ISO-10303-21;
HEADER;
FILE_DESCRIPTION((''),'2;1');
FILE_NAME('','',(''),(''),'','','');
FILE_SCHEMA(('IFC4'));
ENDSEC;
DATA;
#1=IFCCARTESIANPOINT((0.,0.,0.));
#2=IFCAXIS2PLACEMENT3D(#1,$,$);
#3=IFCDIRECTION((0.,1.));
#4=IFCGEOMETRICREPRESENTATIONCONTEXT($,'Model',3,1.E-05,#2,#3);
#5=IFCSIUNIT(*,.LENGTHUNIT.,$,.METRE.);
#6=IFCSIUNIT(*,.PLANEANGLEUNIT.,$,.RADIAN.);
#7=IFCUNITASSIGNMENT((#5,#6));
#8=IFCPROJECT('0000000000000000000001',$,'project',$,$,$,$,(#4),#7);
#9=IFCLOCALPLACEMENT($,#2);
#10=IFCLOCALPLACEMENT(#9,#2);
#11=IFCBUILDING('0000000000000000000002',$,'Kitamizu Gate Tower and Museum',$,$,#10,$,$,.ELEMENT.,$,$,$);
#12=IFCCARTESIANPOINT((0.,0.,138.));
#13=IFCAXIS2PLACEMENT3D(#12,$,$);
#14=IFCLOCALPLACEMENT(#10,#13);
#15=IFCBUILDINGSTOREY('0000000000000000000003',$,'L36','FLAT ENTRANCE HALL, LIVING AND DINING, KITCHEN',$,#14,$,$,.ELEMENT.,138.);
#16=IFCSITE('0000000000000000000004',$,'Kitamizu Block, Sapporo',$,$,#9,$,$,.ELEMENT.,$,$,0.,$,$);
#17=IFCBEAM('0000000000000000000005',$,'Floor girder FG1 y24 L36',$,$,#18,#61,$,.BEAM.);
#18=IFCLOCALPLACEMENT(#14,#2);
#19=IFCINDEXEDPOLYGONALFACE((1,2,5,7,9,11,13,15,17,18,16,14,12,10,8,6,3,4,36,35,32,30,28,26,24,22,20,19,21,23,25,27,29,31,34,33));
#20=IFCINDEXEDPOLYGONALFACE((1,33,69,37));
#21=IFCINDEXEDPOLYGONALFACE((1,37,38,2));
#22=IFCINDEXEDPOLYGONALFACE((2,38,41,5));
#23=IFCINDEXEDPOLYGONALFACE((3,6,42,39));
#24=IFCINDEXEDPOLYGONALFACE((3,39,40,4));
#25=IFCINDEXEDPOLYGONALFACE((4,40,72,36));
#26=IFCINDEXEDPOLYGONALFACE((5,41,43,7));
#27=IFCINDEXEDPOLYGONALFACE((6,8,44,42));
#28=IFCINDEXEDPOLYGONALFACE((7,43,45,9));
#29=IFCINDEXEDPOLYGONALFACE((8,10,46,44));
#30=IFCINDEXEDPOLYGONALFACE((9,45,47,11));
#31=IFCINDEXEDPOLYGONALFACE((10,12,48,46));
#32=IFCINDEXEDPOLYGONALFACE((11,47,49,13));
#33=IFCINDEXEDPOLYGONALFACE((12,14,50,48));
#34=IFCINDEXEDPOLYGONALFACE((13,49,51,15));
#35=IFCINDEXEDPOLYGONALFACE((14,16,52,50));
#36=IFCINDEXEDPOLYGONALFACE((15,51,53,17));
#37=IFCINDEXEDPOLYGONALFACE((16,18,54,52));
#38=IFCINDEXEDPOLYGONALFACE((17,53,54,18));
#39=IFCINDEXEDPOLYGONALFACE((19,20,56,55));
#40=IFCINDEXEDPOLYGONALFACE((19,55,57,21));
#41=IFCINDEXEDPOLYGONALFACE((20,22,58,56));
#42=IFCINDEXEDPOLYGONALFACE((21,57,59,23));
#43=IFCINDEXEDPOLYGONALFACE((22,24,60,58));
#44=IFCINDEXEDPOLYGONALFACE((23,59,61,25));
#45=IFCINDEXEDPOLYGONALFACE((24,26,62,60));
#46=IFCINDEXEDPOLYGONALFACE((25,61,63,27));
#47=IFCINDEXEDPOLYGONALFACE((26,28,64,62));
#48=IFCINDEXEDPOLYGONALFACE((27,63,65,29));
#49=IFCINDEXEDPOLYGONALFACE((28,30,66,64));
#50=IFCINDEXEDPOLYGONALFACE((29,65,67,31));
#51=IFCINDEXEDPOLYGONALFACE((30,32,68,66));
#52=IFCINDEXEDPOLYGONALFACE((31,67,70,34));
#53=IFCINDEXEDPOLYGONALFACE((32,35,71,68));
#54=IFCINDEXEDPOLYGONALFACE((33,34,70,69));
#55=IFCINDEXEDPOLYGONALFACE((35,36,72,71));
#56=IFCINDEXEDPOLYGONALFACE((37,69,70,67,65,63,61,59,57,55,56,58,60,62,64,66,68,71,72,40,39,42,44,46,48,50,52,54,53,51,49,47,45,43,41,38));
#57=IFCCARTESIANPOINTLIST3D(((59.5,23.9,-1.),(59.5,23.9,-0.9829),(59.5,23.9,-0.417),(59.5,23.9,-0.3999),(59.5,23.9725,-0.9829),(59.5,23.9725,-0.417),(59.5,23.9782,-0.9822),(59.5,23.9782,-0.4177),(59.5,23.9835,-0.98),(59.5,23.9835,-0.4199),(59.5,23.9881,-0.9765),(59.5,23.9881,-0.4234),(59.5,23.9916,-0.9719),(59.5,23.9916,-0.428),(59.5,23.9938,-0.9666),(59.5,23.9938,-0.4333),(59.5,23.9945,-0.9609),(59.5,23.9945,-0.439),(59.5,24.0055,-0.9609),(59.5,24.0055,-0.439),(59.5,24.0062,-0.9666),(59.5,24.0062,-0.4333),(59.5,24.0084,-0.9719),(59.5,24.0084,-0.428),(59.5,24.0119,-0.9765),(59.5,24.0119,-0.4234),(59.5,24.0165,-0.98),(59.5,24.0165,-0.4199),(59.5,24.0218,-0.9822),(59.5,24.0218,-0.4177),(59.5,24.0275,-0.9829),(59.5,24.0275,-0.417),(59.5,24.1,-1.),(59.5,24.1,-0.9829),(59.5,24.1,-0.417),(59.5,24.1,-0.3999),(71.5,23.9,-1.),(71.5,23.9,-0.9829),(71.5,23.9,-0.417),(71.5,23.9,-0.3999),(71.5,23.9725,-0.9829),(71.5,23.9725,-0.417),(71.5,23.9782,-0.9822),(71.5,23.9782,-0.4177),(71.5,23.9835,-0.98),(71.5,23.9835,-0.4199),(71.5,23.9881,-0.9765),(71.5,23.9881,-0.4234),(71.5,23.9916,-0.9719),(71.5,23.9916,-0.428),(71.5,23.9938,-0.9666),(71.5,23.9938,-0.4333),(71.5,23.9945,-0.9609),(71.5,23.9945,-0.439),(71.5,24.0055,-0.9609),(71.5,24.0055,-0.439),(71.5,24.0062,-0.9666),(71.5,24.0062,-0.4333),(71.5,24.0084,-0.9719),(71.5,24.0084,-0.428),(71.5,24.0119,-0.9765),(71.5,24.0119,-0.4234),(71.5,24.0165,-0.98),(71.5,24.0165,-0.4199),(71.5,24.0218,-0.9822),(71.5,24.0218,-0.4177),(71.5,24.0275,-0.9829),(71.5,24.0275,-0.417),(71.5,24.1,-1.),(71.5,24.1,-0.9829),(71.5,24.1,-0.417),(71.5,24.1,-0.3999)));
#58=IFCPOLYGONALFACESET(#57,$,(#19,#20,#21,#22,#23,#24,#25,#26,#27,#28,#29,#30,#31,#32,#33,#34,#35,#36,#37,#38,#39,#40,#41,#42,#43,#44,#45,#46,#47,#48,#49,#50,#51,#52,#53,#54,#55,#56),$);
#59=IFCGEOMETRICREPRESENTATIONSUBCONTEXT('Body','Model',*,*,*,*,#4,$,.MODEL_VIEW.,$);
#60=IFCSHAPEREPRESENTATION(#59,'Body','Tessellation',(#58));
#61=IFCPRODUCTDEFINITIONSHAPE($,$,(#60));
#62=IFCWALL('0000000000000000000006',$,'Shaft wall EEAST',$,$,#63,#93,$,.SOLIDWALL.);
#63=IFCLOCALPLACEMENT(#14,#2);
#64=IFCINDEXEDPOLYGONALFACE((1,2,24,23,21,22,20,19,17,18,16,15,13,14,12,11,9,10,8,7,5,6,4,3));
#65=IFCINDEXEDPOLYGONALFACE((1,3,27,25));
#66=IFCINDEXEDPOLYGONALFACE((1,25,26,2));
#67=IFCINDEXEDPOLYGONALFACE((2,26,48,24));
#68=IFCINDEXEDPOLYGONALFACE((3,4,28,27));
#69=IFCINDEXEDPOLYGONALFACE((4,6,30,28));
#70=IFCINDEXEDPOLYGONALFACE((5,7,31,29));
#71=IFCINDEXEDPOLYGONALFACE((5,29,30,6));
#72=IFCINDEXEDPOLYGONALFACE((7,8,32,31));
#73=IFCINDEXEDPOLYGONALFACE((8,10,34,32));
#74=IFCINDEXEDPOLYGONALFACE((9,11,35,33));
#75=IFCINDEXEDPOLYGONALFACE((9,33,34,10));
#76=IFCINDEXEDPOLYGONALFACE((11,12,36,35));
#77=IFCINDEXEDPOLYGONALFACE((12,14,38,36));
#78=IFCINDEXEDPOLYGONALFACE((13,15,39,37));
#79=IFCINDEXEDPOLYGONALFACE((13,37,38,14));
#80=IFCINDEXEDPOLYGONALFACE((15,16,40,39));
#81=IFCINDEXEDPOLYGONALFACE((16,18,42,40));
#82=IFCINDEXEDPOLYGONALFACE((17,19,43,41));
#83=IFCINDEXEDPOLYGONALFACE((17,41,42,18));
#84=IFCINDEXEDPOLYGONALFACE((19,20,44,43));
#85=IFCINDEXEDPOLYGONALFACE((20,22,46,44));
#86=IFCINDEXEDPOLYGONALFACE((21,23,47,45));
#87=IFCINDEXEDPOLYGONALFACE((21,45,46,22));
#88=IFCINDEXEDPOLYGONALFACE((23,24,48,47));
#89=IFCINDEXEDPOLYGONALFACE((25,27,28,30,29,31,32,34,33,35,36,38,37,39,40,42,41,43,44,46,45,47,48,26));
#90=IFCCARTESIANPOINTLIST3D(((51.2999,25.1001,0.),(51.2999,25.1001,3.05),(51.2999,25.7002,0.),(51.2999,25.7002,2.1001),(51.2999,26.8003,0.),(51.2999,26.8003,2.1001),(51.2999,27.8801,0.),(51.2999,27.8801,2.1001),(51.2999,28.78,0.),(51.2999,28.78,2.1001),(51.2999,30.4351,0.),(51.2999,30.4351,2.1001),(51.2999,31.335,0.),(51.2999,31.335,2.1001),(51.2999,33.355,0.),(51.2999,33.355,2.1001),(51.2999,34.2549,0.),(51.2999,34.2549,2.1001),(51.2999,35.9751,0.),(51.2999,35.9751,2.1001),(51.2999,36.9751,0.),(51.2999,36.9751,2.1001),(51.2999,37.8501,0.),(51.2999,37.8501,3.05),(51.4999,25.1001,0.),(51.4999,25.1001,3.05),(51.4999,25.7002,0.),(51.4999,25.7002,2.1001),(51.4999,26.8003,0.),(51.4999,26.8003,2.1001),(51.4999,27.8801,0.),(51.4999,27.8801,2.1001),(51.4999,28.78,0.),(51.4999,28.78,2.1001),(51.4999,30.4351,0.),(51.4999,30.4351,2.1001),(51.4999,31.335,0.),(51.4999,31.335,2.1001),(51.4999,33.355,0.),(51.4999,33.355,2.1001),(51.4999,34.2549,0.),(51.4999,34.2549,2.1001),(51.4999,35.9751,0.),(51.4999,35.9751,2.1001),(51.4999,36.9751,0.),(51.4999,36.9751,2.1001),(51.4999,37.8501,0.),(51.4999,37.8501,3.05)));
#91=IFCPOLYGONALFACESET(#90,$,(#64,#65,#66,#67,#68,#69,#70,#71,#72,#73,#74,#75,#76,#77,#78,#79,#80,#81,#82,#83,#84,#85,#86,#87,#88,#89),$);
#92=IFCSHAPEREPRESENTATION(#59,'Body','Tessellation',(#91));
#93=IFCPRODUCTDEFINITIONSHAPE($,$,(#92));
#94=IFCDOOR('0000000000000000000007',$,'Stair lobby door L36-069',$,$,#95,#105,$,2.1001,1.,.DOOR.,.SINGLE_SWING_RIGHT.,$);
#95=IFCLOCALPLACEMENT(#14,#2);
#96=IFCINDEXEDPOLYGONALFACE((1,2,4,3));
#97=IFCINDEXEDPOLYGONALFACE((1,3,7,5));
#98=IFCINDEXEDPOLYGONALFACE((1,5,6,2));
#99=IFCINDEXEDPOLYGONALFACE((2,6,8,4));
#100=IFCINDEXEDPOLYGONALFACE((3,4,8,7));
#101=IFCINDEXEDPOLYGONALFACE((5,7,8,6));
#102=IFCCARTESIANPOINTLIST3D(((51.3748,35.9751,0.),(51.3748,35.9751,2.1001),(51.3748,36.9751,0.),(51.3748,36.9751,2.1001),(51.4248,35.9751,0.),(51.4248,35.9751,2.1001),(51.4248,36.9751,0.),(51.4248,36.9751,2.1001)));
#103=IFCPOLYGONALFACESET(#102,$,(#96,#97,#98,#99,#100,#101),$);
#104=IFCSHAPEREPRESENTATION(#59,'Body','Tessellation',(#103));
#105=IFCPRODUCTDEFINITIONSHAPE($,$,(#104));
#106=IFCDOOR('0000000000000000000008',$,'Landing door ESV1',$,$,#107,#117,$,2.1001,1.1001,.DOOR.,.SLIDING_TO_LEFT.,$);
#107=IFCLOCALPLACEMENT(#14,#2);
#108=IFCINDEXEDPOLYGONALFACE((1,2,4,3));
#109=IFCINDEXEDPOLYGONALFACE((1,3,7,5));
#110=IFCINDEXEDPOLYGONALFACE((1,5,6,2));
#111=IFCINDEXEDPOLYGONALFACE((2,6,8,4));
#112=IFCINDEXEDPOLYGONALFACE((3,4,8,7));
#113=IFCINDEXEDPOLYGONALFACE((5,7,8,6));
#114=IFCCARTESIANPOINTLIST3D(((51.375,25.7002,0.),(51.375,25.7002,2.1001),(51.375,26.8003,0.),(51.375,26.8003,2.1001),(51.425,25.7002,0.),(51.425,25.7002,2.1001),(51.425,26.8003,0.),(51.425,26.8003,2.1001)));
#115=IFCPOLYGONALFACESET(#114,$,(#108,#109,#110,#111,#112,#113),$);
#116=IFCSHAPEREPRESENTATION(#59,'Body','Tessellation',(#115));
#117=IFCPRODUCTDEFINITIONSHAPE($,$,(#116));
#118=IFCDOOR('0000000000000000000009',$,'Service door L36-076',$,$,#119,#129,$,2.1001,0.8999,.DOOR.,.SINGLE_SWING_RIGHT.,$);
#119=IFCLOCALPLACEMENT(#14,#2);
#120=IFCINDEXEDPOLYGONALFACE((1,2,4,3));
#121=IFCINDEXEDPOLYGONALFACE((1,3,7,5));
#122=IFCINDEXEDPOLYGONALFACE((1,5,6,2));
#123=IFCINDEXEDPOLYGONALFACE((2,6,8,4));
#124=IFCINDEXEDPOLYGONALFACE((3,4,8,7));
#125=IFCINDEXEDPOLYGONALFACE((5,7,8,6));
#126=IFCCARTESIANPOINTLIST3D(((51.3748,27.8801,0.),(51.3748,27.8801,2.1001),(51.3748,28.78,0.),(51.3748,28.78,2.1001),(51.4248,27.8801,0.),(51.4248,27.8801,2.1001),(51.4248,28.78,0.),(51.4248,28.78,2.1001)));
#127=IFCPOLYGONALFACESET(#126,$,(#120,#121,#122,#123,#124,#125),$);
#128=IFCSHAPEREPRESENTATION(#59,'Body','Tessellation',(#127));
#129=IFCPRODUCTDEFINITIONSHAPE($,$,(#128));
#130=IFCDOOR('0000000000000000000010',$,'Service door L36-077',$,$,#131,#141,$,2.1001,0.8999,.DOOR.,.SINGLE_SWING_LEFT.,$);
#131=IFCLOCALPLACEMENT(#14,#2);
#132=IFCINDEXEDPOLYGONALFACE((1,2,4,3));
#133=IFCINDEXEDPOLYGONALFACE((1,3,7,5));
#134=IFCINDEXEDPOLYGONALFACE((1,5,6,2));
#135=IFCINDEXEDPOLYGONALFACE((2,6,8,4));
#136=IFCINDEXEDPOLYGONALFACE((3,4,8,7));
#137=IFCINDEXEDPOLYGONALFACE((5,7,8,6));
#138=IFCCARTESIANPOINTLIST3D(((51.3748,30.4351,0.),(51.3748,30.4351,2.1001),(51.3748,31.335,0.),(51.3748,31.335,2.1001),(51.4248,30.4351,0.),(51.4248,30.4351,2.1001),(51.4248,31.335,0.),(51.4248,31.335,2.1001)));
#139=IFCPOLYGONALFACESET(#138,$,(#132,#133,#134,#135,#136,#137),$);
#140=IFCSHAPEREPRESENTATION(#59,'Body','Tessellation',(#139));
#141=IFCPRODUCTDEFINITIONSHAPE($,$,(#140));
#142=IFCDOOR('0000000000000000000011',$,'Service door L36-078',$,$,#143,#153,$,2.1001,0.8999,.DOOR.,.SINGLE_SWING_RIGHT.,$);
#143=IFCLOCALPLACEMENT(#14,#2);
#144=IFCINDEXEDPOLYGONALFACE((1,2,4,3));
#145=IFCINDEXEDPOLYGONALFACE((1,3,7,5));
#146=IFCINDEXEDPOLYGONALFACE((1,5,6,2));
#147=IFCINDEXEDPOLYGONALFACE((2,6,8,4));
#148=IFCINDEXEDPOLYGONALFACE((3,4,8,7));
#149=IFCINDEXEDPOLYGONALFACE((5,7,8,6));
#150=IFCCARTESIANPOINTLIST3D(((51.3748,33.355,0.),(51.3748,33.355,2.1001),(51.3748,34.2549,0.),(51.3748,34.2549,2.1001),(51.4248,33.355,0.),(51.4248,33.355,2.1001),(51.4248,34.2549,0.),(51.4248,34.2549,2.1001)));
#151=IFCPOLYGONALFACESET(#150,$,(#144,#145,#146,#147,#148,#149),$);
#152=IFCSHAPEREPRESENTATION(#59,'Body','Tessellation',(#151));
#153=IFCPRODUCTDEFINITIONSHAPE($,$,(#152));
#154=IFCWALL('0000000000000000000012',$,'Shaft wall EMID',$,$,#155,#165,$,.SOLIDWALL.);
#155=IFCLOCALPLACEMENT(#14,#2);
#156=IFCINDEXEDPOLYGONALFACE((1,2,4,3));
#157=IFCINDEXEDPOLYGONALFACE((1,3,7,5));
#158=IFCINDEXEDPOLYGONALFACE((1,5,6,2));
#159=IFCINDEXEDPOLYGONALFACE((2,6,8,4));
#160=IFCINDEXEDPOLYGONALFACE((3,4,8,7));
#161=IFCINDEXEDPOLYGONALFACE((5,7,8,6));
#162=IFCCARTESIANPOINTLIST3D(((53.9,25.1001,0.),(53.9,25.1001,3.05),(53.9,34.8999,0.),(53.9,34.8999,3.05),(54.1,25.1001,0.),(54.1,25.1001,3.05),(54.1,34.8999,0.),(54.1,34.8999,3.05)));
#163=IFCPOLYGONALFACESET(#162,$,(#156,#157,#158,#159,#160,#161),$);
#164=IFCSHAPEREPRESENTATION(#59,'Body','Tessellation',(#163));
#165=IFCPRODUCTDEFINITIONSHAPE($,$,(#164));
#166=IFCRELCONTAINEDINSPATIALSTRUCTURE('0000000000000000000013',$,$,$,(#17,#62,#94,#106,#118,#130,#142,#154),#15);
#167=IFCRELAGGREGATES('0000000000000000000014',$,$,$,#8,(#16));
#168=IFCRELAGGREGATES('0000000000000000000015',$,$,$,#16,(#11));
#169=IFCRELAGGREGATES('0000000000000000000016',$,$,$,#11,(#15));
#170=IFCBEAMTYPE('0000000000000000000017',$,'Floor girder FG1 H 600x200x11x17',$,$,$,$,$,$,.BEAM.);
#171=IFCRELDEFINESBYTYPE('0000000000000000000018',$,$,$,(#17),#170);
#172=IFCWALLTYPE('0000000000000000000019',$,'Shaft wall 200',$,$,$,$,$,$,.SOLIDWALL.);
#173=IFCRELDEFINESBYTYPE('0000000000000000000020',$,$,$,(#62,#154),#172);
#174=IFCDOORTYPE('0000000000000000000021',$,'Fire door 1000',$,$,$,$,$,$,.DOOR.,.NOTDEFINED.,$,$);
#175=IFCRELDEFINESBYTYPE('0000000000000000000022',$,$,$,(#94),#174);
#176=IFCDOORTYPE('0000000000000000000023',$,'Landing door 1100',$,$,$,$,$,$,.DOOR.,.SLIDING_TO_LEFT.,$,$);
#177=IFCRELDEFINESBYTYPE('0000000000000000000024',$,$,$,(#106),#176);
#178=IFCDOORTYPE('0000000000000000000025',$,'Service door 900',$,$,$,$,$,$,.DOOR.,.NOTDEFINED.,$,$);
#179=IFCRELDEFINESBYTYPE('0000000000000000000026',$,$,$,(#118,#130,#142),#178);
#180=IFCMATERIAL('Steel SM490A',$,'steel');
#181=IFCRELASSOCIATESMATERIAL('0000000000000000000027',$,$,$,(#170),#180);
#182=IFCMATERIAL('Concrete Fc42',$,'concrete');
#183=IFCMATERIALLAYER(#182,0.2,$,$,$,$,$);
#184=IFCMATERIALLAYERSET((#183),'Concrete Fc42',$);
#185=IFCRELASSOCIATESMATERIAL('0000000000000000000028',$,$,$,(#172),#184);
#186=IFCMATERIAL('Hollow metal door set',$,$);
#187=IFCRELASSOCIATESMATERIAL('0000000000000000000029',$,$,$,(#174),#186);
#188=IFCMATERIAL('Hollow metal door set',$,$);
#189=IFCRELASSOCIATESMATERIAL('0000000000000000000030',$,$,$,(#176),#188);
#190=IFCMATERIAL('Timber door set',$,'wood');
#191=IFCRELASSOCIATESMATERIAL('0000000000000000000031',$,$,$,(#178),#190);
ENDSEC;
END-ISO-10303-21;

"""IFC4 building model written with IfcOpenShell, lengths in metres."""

from ifc_helpers import new_model, si_unit, direction, frame, frame_2d, origin, origin_2d, place, context, subcontext, project, spatial, rectangle, i_section, extrude, material, layer, layer_set, material_profile, profile_set, type_object, element, fill, save


model = new_model("IFC4")

# Units and contexts
model_context = context("Model", 3, precision=1e-05, world=origin(), true_north=direction((0.0, 1.0)))
body_context = subcontext(model_context, "Body", "Model", "MODEL_VIEW")
ifc_project = project(units=[si_unit("LENGTHUNIT", "METRE"), si_unit("PLANEANGLEUNIT", "RADIAN")], contexts=[model_context])

# Site, building, storey
site_placement = place(None, origin())
site = spatial("IfcSite", under=ifc_project, at=site_placement, Name="Kitamizu Block, Sapporo", CompositionType="ELEMENT", RefElevation=0.0)
building_placement = place(site_placement, origin())
building = spatial("IfcBuilding", under=site, at=building_placement, Name="Kitamizu Gate Tower and Museum", CompositionType="ELEMENT")
storey_placement = place(building_placement, frame((0.0, 0.0, 138.0)))
storey = spatial("IfcBuildingStorey", under=building, at=storey_placement, Name="L36", Description="FLAT ENTRANCE HALL, LIVING AND DINING, KITCHEN", CompositionType="ELEMENT", Elevation=138.0)

# Beam
ifc_material_1 = material(Name="Steel SM490A", Category="steel")
ifc_material_profile = material_profile(ifc_material_1, i_section(OverallWidth=0.2, OverallDepth=0.6001, WebThickness=0.011, FlangeThickness=0.0171, FilletRadius=0.022, at=origin_2d()), Name="H-600x200x11x17")
ifc_profile_set = profile_set([ifc_material_profile], Name="Steel SM490A")
beam_type = type_object("IfcBeamType", Name="Floor girder FG1 H 600x200x11x17", PredefinedType="BEAM", material=ifc_profile_set)
beam_placement = place(storey_placement, frame((59.5, 24.0, -0.7), z_axis=(1.0, 0.0, 0.0), x_axis=(0.0, 1.0, 0.0)))
element("IfcBeam", 1, at=beam_placement, inside=storey, type_object=beam_type, Name="Floor girder FG1 y24 L36", PredefinedType="BEAM", context=body_context, shape_type="SweptSolid", body=[
    extrude(i_section(OverallWidth=0.2, OverallDepth=0.6001, WebThickness=0.011, FlangeThickness=0.0171, FilletRadius=0.022, at=origin_2d()), origin(), (0.0, 0.0, 1.0), 12.0),
])

# Wall, openings, doors
ifc_material_2 = material(Name="Concrete Fc42", Category="concrete")
ifc_layer = layer(ifc_material_2, 0.2)
ifc_layer_set = layer_set([ifc_layer], Name="Concrete Fc42")
wall_type = type_object("IfcWallType", Name="Shaft wall 200", PredefinedType="SOLIDWALL", material=ifc_layer_set)
wall_1_placement = place(storey_placement, frame((51.3999, 25.1001, 0.0), z_axis=(0.0, 0.0, 1.0), x_axis=(0.0, 1.0, 0.0)))
wall_1 = element("IfcWall", 2, at=wall_1_placement, inside=storey, type_object=wall_type, Name="Shaft wall EEAST", PredefinedType="SOLIDWALL", context=body_context, shape_type="SweptSolid", body=[
    extrude(rectangle(XDim=12.75, YDim=0.2, at=frame_2d((6.375, 0.0))), origin(), (0.0, 0.0, 1.0), 3.05),
])
opening_1_placement = place(wall_1_placement, frame((0.6001, 0.0, 0.0)))
opening_1 = element("IfcOpeningElement", 3, at=opening_1_placement, cuts=wall_1, PredefinedType="OPENING", context=body_context, shape_type="SweptSolid", body=[
    extrude(rectangle(XDim=1.1001, YDim=2.1001, at=frame_2d((0.55, 1.05))), frame((0.0, 0.1099, 0.0), z_axis=(0.0, -1.0, 0.0), x_axis=(1.0, 0.0, 0.0)), (0.0, 0.0, 1.0), 0.22),
])
opening_2_placement = place(wall_1_placement, frame((10.875, 0.0, 0.0)))
opening_2 = element("IfcOpeningElement", 4, at=opening_2_placement, cuts=wall_1, PredefinedType="OPENING", context=body_context, shape_type="SweptSolid", body=[
    extrude(rectangle(XDim=1.0, YDim=2.1001, at=frame_2d((0.5, 1.05))), frame((0.0, 0.1099, 0.0), z_axis=(0.0, -1.0, 0.0), x_axis=(1.0, 0.0, 0.0)), (0.0, 0.0, 1.0), 0.22),
])
opening_3_placement = place(wall_1_placement, frame((2.78, 0.0, 0.0)))
opening_3 = element("IfcOpeningElement", 5, at=opening_3_placement, cuts=wall_1, PredefinedType="OPENING", context=body_context, shape_type="SweptSolid", body=[
    extrude(rectangle(XDim=0.8999, YDim=2.1001, at=frame_2d((0.45, 1.05))), frame((0.0, 0.1099, 0.0), z_axis=(0.0, -1.0, 0.0), x_axis=(1.0, 0.0, 0.0)), (0.0, 0.0, 1.0), 0.22),
])
opening_4_placement = place(wall_1_placement, frame((5.335, 0.0, 0.0)))
opening_4 = element("IfcOpeningElement", 6, at=opening_4_placement, cuts=wall_1, PredefinedType="OPENING", context=body_context, shape_type="SweptSolid", body=[
    extrude(rectangle(XDim=0.8999, YDim=2.1001, at=frame_2d((0.45, 1.05))), frame((0.0, 0.1099, 0.0), z_axis=(0.0, -1.0, 0.0), x_axis=(1.0, 0.0, 0.0)), (0.0, 0.0, 1.0), 0.22),
])
opening_5_placement = place(wall_1_placement, frame((8.2549, 0.0, 0.0)))
opening_5 = element("IfcOpeningElement", 7, at=opening_5_placement, cuts=wall_1, PredefinedType="OPENING", context=body_context, shape_type="SweptSolid", body=[
    extrude(rectangle(XDim=0.8999, YDim=2.1001, at=frame_2d((0.45, 1.05))), frame((0.0, 0.1099, 0.0), z_axis=(0.0, -1.0, 0.0), x_axis=(1.0, 0.0, 0.0)), (0.0, 0.0, 1.0), 0.22),
])
ifc_material_3 = material(Name="Hollow metal door set")
door_type_1 = type_object("IfcDoorType", Name="Fire door 1000", OperationType="NOTDEFINED", PredefinedType="DOOR", material=ifc_material_3)
door_1_placement = place(opening_2_placement, frame((1.0, 0.0, 0.0), x_axis=(-1.0, 0.0, 0.0)))
door_1 = element("IfcDoor", 8, at=door_1_placement, inside=storey, type_object=door_type_1, Name="Stair lobby door L36-069", OperationType="SINGLE_SWING_RIGHT", OverallHeight=2.1001, OverallWidth=1.0, PredefinedType="DOOR", context=body_context, shape_type="SweptSolid", body=[
    extrude(rectangle(XDim=1.0, YDim=2.1001, at=frame_2d((0.5, 1.05))), frame((0.0, 0.0249, 0.0), z_axis=(0.0, -1.0, 0.0), x_axis=(1.0, 0.0, 0.0)), (0.0, 0.0, 1.0), 0.05),
])
fill(opening_2, door_1)
ifc_material_4 = material(Name="Hollow metal door set")
door_type_2 = type_object("IfcDoorType", Name="Landing door 1100", OperationType="SLIDING_TO_LEFT", PredefinedType="DOOR", material=ifc_material_4)
door_2_placement = place(opening_1_placement, origin())
door_2 = element("IfcDoor", 9, at=door_2_placement, inside=storey, type_object=door_type_2, Name="Landing door ESV1", OperationType="SLIDING_TO_LEFT", OverallHeight=2.1001, OverallWidth=1.1001, PredefinedType="DOOR", context=body_context, shape_type="SweptSolid", body=[
    extrude(rectangle(XDim=1.1001, YDim=2.1001, at=frame_2d((0.55, 1.05))), frame((0.0, 0.0249, 0.0), z_axis=(0.0, -1.0, 0.0), x_axis=(1.0, 0.0, 0.0)), (0.0, 0.0, 1.0), 0.05),
])
fill(opening_1, door_2)
ifc_material_5 = material(Name="Timber door set", Category="wood")
door_type_3 = type_object("IfcDoorType", Name="Service door 900", OperationType="NOTDEFINED", PredefinedType="DOOR", material=ifc_material_5)
door_3_placement = place(opening_3_placement, frame((0.8999, 0.0, 0.0), x_axis=(-1.0, 0.0, 0.0)))
door_3 = element("IfcDoor", 10, at=door_3_placement, inside=storey, type_object=door_type_3, Name="Service door L36-076", OperationType="SINGLE_SWING_RIGHT", OverallHeight=2.1001, OverallWidth=0.8999, PredefinedType="DOOR", context=body_context, shape_type="SweptSolid", body=[
    extrude(rectangle(XDim=0.8999, YDim=2.1001, at=frame_2d((0.45, 1.05))), frame((0.0, 0.0249, 0.0), z_axis=(0.0, -1.0, 0.0), x_axis=(1.0, 0.0, 0.0)), (0.0, 0.0, 1.0), 0.05),
])
fill(opening_3, door_3)
door_4_placement = place(opening_4_placement, frame((0.8999, 0.0, 0.0), x_axis=(-1.0, 0.0, 0.0)))
door_4 = element("IfcDoor", 11, at=door_4_placement, inside=storey, type_object=door_type_3, Name="Service door L36-077", OperationType="SINGLE_SWING_LEFT", OverallHeight=2.1001, OverallWidth=0.8999, PredefinedType="DOOR", context=body_context, shape_type="SweptSolid", body=[
    extrude(rectangle(XDim=0.8999, YDim=2.1001, at=frame_2d((0.45, 1.05))), frame((0.0, 0.0249, 0.0), z_axis=(0.0, -1.0, 0.0), x_axis=(1.0, 0.0, 0.0)), (0.0, 0.0, 1.0), 0.05),
])
fill(opening_4, door_4)
door_5_placement = place(opening_5_placement, frame((0.8999, 0.0, 0.0), x_axis=(-1.0, 0.0, 0.0)))
door_5 = element("IfcDoor", 12, at=door_5_placement, inside=storey, type_object=door_type_3, Name="Service door L36-078", OperationType="SINGLE_SWING_RIGHT", OverallHeight=2.1001, OverallWidth=0.8999, PredefinedType="DOOR", context=body_context, shape_type="SweptSolid", body=[
    extrude(rectangle(XDim=0.8999, YDim=2.1001, at=frame_2d((0.45, 1.05))), frame((0.0, 0.0249, 0.0), z_axis=(0.0, -1.0, 0.0), x_axis=(1.0, 0.0, 0.0)), (0.0, 0.0, 1.0), 0.05),
])
fill(opening_5, door_5)

# Wall
wall_2_placement = place(storey_placement, frame((54.0, 25.1001, 0.0), z_axis=(0.0, 0.0, 1.0), x_axis=(0.0, 1.0, 0.0)))
element("IfcWall", 13, at=wall_2_placement, inside=storey, type_object=wall_type, Name="Shaft wall EMID", PredefinedType="SOLIDWALL", context=body_context, shape_type="SweptSolid", body=[
    extrude(rectangle(XDim=9.7998, YDim=0.2, at=frame_2d((4.8999, 0.0))), origin(), (0.0, 0.0, 1.0), 3.05),
])

save(model, "model.ifc")
